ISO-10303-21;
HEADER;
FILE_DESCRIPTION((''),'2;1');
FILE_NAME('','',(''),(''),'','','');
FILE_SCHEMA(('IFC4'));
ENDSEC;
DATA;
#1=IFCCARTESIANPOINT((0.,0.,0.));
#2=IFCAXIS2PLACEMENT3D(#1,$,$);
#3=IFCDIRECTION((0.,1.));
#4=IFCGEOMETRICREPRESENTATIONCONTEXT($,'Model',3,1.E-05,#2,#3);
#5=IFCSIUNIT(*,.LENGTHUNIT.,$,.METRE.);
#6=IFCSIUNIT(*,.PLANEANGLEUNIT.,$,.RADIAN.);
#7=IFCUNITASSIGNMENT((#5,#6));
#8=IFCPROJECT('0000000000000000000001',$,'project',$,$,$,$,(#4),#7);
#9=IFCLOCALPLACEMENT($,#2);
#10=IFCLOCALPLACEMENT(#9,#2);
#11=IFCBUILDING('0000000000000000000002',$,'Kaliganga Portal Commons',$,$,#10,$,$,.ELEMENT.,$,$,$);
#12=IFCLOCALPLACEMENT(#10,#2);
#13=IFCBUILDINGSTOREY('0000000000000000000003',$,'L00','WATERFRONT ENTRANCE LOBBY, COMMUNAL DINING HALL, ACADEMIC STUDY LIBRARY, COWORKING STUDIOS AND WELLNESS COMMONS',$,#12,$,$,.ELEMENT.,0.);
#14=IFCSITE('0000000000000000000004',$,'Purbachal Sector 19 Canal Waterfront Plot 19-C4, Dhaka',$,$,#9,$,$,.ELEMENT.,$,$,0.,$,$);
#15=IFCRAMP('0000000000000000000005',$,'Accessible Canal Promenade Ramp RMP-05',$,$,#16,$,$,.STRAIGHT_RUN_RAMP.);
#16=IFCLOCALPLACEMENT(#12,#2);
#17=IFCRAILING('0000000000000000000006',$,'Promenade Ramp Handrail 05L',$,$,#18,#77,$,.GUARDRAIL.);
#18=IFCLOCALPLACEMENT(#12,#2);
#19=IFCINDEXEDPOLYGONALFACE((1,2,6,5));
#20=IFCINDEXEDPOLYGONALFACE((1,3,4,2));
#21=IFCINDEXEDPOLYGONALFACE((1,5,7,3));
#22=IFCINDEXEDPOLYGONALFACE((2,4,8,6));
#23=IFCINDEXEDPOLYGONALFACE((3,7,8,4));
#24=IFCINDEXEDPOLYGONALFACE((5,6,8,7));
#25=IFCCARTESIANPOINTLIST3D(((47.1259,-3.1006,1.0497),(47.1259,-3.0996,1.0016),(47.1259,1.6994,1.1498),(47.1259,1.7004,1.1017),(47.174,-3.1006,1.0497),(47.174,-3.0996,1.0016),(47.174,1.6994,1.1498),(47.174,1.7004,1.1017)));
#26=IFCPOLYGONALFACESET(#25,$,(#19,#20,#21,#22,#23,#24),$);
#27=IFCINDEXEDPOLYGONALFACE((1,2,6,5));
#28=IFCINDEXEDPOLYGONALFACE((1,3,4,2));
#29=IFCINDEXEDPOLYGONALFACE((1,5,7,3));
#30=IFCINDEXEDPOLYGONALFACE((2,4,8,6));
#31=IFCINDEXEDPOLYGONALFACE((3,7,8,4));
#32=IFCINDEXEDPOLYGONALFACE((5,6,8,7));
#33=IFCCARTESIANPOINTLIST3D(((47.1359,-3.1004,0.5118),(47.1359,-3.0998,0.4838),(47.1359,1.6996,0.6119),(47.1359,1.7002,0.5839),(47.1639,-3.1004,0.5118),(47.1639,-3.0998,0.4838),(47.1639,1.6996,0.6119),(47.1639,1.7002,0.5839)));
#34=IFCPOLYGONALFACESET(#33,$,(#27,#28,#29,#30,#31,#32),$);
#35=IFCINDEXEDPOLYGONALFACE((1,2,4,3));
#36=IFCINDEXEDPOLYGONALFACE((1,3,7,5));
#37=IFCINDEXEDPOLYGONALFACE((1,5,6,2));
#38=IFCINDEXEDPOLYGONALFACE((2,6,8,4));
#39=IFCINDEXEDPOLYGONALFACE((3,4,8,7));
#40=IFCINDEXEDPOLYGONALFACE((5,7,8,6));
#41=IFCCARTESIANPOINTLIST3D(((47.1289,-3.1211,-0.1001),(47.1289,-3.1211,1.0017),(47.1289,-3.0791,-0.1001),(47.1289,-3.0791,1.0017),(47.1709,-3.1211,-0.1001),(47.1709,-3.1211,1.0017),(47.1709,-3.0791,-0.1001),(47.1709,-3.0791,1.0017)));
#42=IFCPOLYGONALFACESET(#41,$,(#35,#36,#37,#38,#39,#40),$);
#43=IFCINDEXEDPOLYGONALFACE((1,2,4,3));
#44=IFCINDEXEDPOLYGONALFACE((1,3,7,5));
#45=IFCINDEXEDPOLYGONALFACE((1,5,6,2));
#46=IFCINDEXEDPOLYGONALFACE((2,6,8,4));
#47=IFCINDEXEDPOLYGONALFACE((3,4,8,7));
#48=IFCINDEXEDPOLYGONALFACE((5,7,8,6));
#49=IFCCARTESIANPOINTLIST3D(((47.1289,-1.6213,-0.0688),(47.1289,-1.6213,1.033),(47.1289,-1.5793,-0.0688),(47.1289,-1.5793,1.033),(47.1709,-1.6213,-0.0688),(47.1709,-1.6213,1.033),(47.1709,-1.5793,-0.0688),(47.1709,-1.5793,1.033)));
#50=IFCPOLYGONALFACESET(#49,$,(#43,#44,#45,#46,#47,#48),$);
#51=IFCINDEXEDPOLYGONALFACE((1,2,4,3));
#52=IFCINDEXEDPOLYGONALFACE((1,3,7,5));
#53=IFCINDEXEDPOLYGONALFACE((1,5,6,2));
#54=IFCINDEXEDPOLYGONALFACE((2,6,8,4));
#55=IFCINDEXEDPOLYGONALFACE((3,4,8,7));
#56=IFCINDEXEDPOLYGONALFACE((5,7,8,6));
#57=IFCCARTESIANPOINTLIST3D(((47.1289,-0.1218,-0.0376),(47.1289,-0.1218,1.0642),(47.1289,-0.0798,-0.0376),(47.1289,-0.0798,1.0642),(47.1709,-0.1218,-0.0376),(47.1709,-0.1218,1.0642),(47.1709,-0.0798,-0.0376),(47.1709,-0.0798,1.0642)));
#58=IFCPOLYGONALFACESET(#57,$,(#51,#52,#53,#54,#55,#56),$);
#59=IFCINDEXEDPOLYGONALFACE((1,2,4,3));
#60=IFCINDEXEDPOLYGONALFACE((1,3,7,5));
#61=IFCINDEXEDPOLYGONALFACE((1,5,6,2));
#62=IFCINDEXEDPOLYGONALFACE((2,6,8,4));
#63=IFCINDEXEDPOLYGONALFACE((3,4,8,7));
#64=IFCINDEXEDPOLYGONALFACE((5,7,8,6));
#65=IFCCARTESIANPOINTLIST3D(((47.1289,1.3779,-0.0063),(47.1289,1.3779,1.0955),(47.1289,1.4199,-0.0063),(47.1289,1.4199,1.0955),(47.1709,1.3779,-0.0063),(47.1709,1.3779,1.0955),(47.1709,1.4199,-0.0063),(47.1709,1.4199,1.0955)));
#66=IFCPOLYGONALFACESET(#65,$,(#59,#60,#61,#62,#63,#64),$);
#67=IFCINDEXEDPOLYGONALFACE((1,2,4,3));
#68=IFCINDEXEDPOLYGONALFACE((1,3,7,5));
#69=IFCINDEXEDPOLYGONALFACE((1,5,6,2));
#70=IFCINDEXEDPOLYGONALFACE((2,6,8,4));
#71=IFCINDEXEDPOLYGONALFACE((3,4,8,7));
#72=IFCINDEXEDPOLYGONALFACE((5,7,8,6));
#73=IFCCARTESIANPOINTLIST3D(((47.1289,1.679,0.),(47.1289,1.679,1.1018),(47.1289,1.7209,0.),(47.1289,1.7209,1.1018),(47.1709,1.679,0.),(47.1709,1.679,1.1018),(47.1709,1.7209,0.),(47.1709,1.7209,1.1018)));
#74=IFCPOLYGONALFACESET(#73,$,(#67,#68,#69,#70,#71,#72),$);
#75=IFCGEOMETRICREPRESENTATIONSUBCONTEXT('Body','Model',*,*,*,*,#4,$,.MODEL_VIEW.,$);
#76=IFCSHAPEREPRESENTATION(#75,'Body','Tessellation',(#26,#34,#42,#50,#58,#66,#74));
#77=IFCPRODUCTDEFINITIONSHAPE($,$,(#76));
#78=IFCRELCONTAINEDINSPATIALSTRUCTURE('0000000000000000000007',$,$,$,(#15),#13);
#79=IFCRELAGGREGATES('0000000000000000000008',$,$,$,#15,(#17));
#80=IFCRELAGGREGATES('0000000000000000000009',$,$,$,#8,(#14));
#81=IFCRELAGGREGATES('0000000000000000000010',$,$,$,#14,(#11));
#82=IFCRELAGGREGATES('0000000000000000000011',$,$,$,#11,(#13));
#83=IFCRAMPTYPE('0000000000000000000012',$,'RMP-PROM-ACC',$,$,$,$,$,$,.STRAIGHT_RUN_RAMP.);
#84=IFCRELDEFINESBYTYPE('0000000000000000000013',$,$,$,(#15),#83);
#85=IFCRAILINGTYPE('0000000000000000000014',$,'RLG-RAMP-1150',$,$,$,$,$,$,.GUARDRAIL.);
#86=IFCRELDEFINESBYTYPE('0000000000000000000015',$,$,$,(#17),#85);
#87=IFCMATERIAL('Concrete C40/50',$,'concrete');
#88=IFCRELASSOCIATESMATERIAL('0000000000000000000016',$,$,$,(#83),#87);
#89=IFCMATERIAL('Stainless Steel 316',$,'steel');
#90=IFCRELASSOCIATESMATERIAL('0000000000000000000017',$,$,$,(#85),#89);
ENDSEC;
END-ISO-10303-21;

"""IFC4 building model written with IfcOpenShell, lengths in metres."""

from ifc_helpers import new_model, si_unit, direction, frame, origin, origin_2d, place, context, subcontext, project, spatial, rectangle, extrude, material, type_object, element, aggregate, save


model = new_model("IFC4")

# Units and contexts
model_context = context("Model", 3, precision=1e-05, world=origin(), true_north=direction((0.0, 1.0)))
body_context = subcontext(model_context, "Body", "Model", "MODEL_VIEW")
ifc_project = project(units=[si_unit("LENGTHUNIT", "METRE"), si_unit("PLANEANGLEUNIT", "RADIAN")], contexts=[model_context])

# Site, building, storey
site_placement = place(None, origin())
site = spatial("IfcSite", under=ifc_project, at=site_placement, Name="Purbachal Sector 19 Canal Waterfront Plot 19-C4, Dhaka", CompositionType="ELEMENT", RefElevation=0.0)
building_placement = place(site_placement, origin())
building = spatial("IfcBuilding", under=site, at=building_placement, Name="Kaliganga Portal Commons", CompositionType="ELEMENT")
storey_placement = place(building_placement, origin())
storey = spatial("IfcBuildingStorey", under=building, at=storey_placement, Name="L00", Description="WATERFRONT ENTRANCE LOBBY, COMMUNAL DINING HALL, ACADEMIC STUDY LIBRARY, COWORKING STUDIOS AND WELLNESS COMMONS", CompositionType="ELEMENT", Elevation=0.0)

# Ramp
ifc_material_1 = material(Name="Concrete C40/50", Category="concrete")
ramp_type = type_object("IfcRampType", Name="RMP-PROM-ACC", PredefinedType="STRAIGHT_RUN_RAMP", material=ifc_material_1)
ramp_1_placement = place(storey_placement, origin())
ramp_1 = element("IfcRamp", 1, at=ramp_1_placement, inside=storey, type_object=ramp_type, Name="Accessible Canal Promenade Ramp RMP-05", PredefinedType="STRAIGHT_RUN_RAMP")

# Shared definitions
ifc_material_2 = material(Name="Stainless Steel 316", Category="steel")
railing_type = type_object("IfcRailingType", Name="RLG-RAMP-1150", PredefinedType="GUARDRAIL", material=ifc_material_2)

# Railing
railing_1_placement = place(storey_placement, frame((47.1499, -3.1001, -0.1001)))
railing_1 = element("IfcRailing", 2, at=railing_1_placement, type_object=railing_type, Name="Promenade Ramp Handrail 05L", PredefinedType="GUARDRAIL", context=body_context, shape_type="SweptSolid", body=[
    extrude(rectangle(XDim=0.0481, YDim=0.0481, at=origin_2d()), frame((0.0, 0.0, 1.1257), z_axis=(0.0, 0.999783, 0.020849), x_axis=(-1.0, 0.0, 0.0)), (0.0, 0.0, 1.0), 4.801),
    extrude(rectangle(XDim=0.0281, YDim=0.0281, at=origin_2d()), frame((0.0, 0.0, 0.5979), z_axis=(0.0, 0.999783, 0.020849), x_axis=(-1.0, 0.0, 0.0)), (0.0, 0.0, 1.0), 4.801),
    extrude(rectangle(XDim=0.042, YDim=0.042, at=origin_2d()), origin(), (0.0, 0.0, 1.0), 1.1018),
    extrude(rectangle(XDim=0.042, YDim=0.042, at=origin_2d()), frame((0.0, 1.4998, 0.0312)), (0.0, 0.0, 1.0), 1.1018),
    extrude(rectangle(XDim=0.042, YDim=0.042, at=origin_2d()), frame((0.0, 2.9993, 0.0625)), (0.0, 0.0, 1.0), 1.1018),
    extrude(rectangle(XDim=0.042, YDim=0.042, at=origin_2d()), frame((0.0, 4.499, 0.0938)), (0.0, 0.0, 1.0), 1.1018),
    extrude(rectangle(XDim=0.042, YDim=0.042, at=origin_2d()), frame((0.0, 4.8, 0.1001)), (0.0, 0.0, 1.0), 1.1018),
])
aggregate(ramp_1, [railing_1])

save(model, "model.ifc")
